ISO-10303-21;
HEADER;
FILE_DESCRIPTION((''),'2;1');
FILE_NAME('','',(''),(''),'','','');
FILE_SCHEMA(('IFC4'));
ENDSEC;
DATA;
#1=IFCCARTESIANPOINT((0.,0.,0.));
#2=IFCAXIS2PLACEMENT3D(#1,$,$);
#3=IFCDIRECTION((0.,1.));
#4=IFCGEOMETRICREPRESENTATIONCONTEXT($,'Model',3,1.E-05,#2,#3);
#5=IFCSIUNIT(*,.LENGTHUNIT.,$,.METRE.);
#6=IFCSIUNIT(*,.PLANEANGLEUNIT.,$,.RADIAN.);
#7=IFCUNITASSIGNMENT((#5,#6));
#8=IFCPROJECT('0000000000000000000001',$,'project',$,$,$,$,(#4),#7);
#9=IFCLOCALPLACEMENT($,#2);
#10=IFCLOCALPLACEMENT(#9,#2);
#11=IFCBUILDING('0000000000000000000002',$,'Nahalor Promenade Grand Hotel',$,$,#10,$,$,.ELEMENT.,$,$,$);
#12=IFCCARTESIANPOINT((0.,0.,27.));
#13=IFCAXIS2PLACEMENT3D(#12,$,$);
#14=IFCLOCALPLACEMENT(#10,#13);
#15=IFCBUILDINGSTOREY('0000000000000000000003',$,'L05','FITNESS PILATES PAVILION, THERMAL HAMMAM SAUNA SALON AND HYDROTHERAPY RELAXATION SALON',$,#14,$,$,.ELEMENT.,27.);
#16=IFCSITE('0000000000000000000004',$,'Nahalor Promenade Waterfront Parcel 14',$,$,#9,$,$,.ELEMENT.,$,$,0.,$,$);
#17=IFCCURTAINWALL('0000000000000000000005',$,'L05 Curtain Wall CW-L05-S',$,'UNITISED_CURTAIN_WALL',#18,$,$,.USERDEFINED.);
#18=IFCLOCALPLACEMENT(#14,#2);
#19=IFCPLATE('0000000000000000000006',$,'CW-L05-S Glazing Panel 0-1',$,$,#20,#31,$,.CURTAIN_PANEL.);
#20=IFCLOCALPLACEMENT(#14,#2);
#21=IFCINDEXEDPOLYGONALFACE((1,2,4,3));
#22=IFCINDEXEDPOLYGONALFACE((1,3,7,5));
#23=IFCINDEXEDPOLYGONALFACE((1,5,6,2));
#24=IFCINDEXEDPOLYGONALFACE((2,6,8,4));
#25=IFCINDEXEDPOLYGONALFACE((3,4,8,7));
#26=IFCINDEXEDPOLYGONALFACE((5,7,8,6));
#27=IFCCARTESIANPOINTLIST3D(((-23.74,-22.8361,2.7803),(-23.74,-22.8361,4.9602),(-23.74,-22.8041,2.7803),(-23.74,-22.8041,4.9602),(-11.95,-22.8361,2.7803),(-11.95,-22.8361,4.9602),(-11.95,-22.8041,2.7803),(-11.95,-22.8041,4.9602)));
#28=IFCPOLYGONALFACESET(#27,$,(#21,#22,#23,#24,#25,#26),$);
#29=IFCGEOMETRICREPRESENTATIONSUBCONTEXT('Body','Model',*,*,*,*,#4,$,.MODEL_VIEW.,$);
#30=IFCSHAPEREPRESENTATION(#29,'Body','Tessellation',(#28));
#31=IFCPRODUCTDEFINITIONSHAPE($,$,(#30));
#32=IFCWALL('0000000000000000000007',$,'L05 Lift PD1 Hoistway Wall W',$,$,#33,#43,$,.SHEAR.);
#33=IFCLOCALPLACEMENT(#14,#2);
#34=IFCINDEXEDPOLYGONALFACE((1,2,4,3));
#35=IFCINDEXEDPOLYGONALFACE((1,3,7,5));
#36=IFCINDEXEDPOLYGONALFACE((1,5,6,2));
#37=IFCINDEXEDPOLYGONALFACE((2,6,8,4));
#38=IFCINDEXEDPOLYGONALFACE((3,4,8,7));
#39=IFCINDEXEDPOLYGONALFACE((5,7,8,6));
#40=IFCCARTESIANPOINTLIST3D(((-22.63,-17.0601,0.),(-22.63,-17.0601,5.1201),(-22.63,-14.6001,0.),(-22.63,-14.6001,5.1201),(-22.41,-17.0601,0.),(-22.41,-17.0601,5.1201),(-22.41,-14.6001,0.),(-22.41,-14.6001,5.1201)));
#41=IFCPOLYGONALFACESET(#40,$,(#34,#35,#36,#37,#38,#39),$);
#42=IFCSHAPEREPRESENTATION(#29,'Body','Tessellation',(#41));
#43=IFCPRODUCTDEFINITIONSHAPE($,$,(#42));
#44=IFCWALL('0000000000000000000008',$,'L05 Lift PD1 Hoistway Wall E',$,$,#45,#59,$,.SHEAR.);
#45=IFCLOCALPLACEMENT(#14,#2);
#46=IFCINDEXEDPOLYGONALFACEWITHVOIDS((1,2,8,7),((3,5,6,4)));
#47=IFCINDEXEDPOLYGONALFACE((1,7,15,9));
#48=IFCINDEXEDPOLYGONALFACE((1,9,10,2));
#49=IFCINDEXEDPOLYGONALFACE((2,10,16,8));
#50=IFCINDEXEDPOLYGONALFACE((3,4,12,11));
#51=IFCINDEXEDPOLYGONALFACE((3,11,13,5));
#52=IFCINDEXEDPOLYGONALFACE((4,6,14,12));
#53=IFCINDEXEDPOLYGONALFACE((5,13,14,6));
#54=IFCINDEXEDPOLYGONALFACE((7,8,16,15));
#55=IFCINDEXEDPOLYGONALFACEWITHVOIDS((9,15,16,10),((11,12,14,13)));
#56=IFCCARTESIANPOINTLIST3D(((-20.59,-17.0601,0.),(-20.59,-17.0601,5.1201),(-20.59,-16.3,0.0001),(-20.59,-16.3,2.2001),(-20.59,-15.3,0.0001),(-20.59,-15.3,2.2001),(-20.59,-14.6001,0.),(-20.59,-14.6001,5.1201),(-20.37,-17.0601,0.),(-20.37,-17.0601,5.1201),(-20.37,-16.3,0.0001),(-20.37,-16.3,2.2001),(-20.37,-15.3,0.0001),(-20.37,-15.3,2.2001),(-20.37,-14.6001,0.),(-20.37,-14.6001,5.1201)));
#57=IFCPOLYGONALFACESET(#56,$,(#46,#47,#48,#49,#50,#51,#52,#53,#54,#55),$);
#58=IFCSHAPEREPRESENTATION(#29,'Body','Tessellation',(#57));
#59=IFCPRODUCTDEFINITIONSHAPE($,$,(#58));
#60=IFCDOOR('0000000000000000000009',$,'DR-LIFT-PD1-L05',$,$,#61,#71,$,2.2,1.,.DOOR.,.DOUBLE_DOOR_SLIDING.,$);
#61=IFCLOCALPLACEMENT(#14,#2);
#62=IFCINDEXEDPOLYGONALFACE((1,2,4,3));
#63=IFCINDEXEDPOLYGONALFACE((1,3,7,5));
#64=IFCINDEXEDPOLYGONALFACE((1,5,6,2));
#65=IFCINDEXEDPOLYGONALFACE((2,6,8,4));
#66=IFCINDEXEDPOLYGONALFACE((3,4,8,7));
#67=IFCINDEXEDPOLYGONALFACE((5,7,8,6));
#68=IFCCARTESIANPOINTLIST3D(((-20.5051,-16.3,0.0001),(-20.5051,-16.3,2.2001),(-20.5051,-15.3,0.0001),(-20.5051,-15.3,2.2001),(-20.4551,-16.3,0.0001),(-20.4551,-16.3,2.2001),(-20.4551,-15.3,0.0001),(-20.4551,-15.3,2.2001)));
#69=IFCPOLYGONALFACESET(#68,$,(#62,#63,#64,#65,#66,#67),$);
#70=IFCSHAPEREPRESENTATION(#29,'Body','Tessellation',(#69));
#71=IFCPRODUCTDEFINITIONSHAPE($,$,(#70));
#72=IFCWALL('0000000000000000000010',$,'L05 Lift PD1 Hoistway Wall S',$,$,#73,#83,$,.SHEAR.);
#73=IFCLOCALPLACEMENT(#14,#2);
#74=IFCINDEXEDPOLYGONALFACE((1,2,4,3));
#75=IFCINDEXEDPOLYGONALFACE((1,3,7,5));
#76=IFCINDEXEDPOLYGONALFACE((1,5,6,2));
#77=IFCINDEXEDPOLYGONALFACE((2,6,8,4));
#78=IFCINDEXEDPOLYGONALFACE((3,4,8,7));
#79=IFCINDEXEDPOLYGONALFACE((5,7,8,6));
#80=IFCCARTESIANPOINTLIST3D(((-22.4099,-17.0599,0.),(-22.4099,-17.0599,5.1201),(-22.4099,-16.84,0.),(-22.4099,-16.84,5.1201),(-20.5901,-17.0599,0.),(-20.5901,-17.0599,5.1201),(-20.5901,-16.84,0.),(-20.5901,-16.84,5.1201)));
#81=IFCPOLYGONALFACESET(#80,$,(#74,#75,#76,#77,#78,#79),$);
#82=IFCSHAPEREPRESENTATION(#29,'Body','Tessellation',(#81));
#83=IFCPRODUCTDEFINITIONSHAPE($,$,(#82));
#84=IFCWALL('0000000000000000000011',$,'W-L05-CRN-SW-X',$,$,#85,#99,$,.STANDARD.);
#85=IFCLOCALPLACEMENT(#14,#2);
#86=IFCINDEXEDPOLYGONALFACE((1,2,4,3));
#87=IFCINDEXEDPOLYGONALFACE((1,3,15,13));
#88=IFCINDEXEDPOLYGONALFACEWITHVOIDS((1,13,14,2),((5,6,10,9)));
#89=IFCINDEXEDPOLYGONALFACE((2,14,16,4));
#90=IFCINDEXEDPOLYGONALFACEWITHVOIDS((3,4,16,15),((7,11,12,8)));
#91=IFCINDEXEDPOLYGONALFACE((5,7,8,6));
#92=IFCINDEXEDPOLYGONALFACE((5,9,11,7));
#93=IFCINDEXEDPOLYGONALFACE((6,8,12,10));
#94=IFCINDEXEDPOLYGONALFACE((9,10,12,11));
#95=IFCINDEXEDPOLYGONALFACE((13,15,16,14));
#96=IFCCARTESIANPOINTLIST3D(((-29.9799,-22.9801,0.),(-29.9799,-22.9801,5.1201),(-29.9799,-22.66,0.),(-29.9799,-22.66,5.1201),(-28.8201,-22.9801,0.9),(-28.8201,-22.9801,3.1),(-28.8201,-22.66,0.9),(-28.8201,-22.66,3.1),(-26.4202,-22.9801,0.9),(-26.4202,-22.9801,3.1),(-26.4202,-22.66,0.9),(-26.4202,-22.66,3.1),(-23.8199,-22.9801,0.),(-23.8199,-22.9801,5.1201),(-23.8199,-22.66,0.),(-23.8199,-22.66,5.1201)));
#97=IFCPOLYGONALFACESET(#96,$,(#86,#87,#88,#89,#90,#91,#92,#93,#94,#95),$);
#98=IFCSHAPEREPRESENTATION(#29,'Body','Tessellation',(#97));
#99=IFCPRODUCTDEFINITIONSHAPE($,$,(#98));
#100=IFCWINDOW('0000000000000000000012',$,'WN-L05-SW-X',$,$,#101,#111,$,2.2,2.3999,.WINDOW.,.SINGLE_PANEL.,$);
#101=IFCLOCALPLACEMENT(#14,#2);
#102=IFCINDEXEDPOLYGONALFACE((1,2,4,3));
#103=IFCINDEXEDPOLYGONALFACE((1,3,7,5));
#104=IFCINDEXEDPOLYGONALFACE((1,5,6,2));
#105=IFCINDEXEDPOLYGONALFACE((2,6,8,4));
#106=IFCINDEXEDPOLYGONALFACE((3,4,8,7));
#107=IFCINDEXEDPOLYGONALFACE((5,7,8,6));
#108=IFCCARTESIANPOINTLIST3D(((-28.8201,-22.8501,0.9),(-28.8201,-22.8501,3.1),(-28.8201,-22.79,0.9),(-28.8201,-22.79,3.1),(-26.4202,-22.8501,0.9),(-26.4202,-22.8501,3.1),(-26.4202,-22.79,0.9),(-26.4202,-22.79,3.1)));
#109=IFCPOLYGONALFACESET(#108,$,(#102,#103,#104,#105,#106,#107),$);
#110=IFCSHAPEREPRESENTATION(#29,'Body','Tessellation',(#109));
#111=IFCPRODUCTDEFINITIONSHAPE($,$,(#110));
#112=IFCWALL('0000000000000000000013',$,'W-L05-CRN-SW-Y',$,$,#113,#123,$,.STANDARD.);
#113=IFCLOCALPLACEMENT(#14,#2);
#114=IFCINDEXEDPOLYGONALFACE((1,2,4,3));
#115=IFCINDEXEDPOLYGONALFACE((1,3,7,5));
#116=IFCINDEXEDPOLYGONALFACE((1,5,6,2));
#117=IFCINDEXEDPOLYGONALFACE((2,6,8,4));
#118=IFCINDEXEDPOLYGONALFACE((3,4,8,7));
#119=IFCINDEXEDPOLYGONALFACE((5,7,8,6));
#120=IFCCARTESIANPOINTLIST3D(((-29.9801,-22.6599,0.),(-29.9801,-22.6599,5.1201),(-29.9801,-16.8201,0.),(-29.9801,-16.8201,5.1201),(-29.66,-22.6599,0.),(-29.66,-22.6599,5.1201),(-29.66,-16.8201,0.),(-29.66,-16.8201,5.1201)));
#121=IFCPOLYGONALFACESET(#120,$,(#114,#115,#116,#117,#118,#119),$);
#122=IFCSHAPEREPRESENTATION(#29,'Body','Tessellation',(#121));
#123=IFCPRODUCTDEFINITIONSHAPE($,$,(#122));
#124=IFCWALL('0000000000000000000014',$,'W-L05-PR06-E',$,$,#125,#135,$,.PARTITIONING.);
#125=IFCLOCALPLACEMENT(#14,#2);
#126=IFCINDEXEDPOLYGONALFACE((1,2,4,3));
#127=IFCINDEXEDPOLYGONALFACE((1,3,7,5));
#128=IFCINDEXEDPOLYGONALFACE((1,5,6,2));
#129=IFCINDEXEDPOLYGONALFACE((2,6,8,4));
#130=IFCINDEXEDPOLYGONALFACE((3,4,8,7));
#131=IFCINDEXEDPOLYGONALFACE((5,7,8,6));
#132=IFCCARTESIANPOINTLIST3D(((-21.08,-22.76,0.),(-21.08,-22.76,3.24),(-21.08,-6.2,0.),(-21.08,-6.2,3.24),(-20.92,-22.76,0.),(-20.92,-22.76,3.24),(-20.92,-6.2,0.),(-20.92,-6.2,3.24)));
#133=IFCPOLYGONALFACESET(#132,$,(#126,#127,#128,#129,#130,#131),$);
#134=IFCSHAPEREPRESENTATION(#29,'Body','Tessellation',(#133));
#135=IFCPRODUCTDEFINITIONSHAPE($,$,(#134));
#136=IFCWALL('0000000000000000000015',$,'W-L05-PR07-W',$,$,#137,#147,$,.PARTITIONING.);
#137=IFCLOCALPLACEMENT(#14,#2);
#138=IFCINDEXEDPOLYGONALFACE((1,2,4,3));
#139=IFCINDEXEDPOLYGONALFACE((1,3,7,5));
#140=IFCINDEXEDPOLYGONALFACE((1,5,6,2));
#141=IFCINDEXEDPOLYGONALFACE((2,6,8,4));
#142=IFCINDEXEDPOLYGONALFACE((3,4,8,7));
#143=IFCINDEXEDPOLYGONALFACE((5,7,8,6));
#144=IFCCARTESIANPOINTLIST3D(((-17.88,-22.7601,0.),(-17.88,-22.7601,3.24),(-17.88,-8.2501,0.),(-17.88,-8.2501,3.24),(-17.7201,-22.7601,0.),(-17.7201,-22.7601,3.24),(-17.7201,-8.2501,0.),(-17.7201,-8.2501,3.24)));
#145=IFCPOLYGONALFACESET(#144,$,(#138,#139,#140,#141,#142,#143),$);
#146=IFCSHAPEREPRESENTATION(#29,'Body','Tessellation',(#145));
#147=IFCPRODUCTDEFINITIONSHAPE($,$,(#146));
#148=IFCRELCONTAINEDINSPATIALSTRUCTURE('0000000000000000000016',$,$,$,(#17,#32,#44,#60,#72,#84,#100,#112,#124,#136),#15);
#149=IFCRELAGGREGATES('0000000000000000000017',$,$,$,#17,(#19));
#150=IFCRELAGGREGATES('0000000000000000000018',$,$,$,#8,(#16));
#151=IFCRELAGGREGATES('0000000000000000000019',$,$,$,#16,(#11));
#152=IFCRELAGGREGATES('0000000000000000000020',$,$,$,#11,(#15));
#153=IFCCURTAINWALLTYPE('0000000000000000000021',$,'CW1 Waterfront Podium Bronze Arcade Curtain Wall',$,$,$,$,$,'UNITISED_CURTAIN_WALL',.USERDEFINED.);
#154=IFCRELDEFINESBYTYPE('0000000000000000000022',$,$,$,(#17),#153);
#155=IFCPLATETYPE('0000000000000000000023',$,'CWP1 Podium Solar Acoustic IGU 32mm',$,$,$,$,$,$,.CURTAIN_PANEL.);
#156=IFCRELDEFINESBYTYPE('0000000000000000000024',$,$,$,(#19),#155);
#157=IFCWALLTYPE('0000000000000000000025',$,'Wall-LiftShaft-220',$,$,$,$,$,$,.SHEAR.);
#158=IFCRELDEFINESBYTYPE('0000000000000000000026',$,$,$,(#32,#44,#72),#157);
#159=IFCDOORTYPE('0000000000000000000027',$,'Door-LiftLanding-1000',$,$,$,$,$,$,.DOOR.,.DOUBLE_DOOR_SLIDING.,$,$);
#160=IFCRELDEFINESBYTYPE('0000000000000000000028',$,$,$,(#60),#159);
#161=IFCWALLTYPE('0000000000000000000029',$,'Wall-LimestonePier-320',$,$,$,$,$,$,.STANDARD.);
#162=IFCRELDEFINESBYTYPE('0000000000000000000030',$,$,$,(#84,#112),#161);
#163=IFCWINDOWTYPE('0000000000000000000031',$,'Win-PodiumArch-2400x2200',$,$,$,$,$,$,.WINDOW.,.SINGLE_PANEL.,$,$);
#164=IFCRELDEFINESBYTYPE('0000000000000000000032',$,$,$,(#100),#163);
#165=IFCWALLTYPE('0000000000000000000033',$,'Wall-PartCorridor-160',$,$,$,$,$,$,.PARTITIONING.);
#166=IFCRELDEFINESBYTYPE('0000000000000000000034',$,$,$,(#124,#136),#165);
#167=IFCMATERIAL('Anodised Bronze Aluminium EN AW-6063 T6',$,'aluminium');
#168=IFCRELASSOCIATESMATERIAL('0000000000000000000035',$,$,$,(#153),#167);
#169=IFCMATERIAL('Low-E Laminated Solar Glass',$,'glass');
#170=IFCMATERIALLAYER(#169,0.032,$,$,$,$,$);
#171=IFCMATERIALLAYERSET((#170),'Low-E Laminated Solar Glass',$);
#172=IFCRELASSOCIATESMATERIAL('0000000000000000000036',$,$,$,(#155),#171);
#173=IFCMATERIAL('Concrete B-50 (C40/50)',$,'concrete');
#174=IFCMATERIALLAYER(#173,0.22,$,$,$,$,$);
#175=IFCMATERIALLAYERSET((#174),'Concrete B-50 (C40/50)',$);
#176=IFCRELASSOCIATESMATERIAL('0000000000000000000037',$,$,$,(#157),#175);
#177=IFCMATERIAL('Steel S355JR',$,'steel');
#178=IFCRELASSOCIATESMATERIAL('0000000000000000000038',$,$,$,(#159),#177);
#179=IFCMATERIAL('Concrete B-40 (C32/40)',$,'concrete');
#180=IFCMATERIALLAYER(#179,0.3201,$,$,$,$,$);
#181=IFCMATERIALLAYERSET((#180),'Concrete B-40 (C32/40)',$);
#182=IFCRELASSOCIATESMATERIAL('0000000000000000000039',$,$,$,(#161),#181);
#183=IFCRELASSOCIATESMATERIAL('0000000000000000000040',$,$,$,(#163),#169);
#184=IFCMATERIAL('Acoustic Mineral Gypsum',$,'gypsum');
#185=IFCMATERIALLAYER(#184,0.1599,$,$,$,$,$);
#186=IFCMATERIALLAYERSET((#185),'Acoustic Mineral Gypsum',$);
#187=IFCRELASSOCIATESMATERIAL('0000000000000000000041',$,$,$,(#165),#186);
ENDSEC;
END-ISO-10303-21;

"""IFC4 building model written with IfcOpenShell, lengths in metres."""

from ifc_helpers import new_model, si_unit, direction, frame, frame_2d, origin, origin_2d, place, context, subcontext, project, spatial, rectangle, extrude, source, transform, mapped, material, layer, layer_set, type_object, element, fill, aggregate, save


model = new_model("IFC4")

# Units and contexts
model_context = context("Model", 3, precision=1e-05, world=origin(), true_north=direction((0.0, 1.0)))
body_context = subcontext(model_context, "Body", "Model", "MODEL_VIEW")
ifc_project = project(units=[si_unit("LENGTHUNIT", "METRE"), si_unit("PLANEANGLEUNIT", "RADIAN")], contexts=[model_context])

# Site, building, storey
site_placement = place(None, origin())
site = spatial("IfcSite", under=ifc_project, at=site_placement, Name="Nahalor Promenade Waterfront Parcel 14", CompositionType="ELEMENT", RefElevation=0.0)
building_placement = place(site_placement, origin())
building = spatial("IfcBuilding", under=site, at=building_placement, Name="Nahalor Promenade Grand Hotel", CompositionType="ELEMENT")
storey_placement = place(building_placement, frame((0.0, 0.0, 27.0)))
storey = spatial("IfcBuildingStorey", under=building, at=storey_placement, Name="L05", Description="FITNESS PILATES PAVILION, THERMAL HAMMAM SAUNA SALON AND HYDROTHERAPY RELAXATION SALON", CompositionType="ELEMENT", Elevation=27.0)

# Shared definitions
ifc_material_1 = material(Name="Steel S355JR", Category="steel")

# Curtain wall, plate
ifc_material_2 = material(Name="Anodised Bronze Aluminium EN AW-6063 T6", Category="aluminium")
curtain_wall_type = type_object("IfcCurtainWallType", Name="CW1 Waterfront Podium Bronze Arcade Curtain Wall", ElementType="UNITISED_CURTAIN_WALL", PredefinedType="USERDEFINED", material=ifc_material_2)
curtain_wall_placement = place(storey_placement, origin())
curtain_wall = element("IfcCurtainWall", 1, at=curtain_wall_placement, inside=storey, type_object=curtain_wall_type, Name="L05 Curtain Wall CW-L05-S", ObjectType="UNITISED_CURTAIN_WALL", PredefinedType="USERDEFINED")
ifc_material_3 = material(Name="Low-E Laminated Solar Glass", Category="glass")
ifc_layer_1 = layer(ifc_material_3, 0.032)
ifc_layer_set_1 = layer_set([ifc_layer_1], Name="Low-E Laminated Solar Glass")
plate_type = type_object("IfcPlateType", Name="CWP1 Podium Solar Acoustic IGU 32mm", PredefinedType="CURTAIN_PANEL", material=ifc_layer_set_1)
shared_shape_1 = source(origin(), body_context, "Body", "SweptSolid", [
    extrude(rectangle(XDim=11.79, YDim=0.032, at=origin_2d()), origin(), (0.0, 0.0, 1.0), 2.1799),
])
plate_1_placement = place(storey_placement, frame((-17.845, -22.8201, 2.7803), z_axis=(0.0, 0.0, 1.0), x_axis=(1.0, 0.0, 0.0)))
plate_1 = element("IfcPlate", 2, at=plate_1_placement, type_object=plate_type, Name="CW-L05-S Glazing Panel 0-1", PredefinedType="CURTAIN_PANEL", context=body_context, shape_type="MappedRepresentation", body=[
    mapped(shared_shape_1, transform((0.0, 0.0, 0.0), scale=1.0)),
])
aggregate(curtain_wall, [plate_1])

# Wall
ifc_material_4 = material(Name="Concrete B-50 (C40/50)", Category="concrete")
ifc_layer_2 = layer(ifc_material_4, 0.22)
ifc_layer_set_2 = layer_set([ifc_layer_2], Name="Concrete B-50 (C40/50)")
wall_type_1 = type_object("IfcWallType", Name="Wall-LiftShaft-220", PredefinedType="SHEAR", material=ifc_layer_set_2)
shared_shape_2 = source(origin(), body_context, "Body", "SweptSolid", [
    extrude(rectangle(XDim=2.46, YDim=0.22, at=frame_2d((1.23, 0.0))), origin(), (0.0, 0.0, 1.0), 5.1201),
])
wall_1_placement = place(storey_placement, frame((-22.52, -17.0601, 0.0), z_axis=(0.0, 0.0, 1.0), x_axis=(0.0, 1.0, 0.0)))
element("IfcWall", 3, at=wall_1_placement, inside=storey, type_object=wall_type_1, Name="L05 Lift PD1 Hoistway Wall W", PredefinedType="SHEAR", context=body_context, shape_type="MappedRepresentation", body=[
    mapped(shared_shape_2, transform((0.0, 0.0, 0.0), scale=1.0)),
])

# Wall, opening, door
wall_2_placement = place(storey_placement, frame((-20.48, -17.0601, 0.0), z_axis=(0.0, 0.0, 1.0), x_axis=(0.0, 1.0, 0.0)))
wall_2 = element("IfcWall", 4, at=wall_2_placement, inside=storey, type_object=wall_type_1, Name="L05 Lift PD1 Hoistway Wall E", PredefinedType="SHEAR", context=body_context, shape_type="MappedRepresentation", body=[
    mapped(shared_shape_2, transform((0.0, 0.0, 0.0), scale=1.0)),
])
opening_1_placement = place(wall_2_placement, frame((0.76, 0.0, 0.0)))
opening_1 = element("IfcOpeningElement", 5, at=opening_1_placement, cuts=wall_2, PredefinedType="OPENING", context=body_context, shape_type="SweptSolid", body=[
    extrude(rectangle(XDim=1.0, YDim=2.2, at=frame_2d((0.5, 1.1001))), frame((0.0, 0.1199, 0.0), z_axis=(0.0, -1.0, 0.0), x_axis=(1.0, 0.0, 0.0)), (0.0, 0.0, 1.0), 0.24),
])
door_type = type_object("IfcDoorType", Name="Door-LiftLanding-1000", OperationType="DOUBLE_DOOR_SLIDING", PredefinedType="DOOR", material=ifc_material_1)
shared_shape_3 = source(origin(), body_context, "Body", "SweptSolid", [
    extrude(rectangle(XDim=1.0, YDim=2.2, at=frame_2d((0.5, 1.1001))), frame((0.0, 0.0249, 0.0), z_axis=(0.0, -1.0, 0.0), x_axis=(1.0, 0.0, 0.0)), (0.0, 0.0, 1.0), 0.05),
])
door_placement = place(opening_1_placement, frame((1.0, 0.0, 0.0), z_axis=(0.0, 0.0, 1.0), x_axis=(-1.0, 0.0, 0.0)))
door = element("IfcDoor", 6, at=door_placement, inside=storey, type_object=door_type, Name="DR-LIFT-PD1-L05", OperationType="DOUBLE_DOOR_SLIDING", OverallHeight=2.2, OverallWidth=1.0, PredefinedType="DOOR", context=body_context, shape_type="MappedRepresentation", body=[
    mapped(shared_shape_3, transform((0.0, 0.0, 0.0), scale=1.0)),
])
fill(opening_1, door)

# Wall
shared_shape_4 = source(origin(), body_context, "Body", "SweptSolid", [
    extrude(rectangle(XDim=1.8198, YDim=0.22, at=frame_2d((0.9099, 0.0))), origin(), (0.0, 0.0, 1.0), 5.1201),
])
wall_3_placement = place(storey_placement, frame((-22.4099, -16.95, 0.0), z_axis=(0.0, 0.0, 1.0), x_axis=(1.0, 0.0, 0.0)))
element("IfcWall", 7, at=wall_3_placement, inside=storey, type_object=wall_type_1, Name="L05 Lift PD1 Hoistway Wall S", PredefinedType="SHEAR", context=body_context, shape_type="MappedRepresentation", body=[
    mapped(shared_shape_4, transform((0.0, 0.0, 0.0), scale=1.0)),
])

# Wall, opening, window
ifc_material_5 = material(Name="Concrete B-40 (C32/40)", Category="concrete")
ifc_layer_3 = layer(ifc_material_5, 0.3201)
ifc_layer_set_3 = layer_set([ifc_layer_3], Name="Concrete B-40 (C32/40)")
wall_type_2 = type_object("IfcWallType", Name="Wall-LimestonePier-320", PredefinedType="STANDARD", material=ifc_layer_set_3)
shared_shape_5 = source(origin(), body_context, "Body", "SweptSolid", [
    extrude(rectangle(XDim=6.1599, YDim=0.3201, at=frame_2d((3.0801, 0.0))), origin(), (0.0, 0.0, 1.0), 5.1201),
])
wall_4_placement = place(storey_placement, frame((-29.98, -22.8201, 0.0), z_axis=(0.0, 0.0, 1.0), x_axis=(1.0, 0.0, 0.0)))
wall_4 = element("IfcWall", 8, at=wall_4_placement, inside=storey, type_object=wall_type_2, Name="W-L05-CRN-SW-X", PredefinedType="STANDARD", context=body_context, shape_type="MappedRepresentation", body=[
    mapped(shared_shape_5, transform((0.0, 0.0, 0.0), scale=1.0)),
])
opening_2_placement = place(wall_4_placement, frame((1.1599, 0.0, 0.8999)))
opening_2 = element("IfcOpeningElement", 9, at=opening_2_placement, cuts=wall_4, PredefinedType="OPENING", context=body_context, shape_type="SweptSolid", body=[
    extrude(rectangle(XDim=2.3999, YDim=2.2, at=frame_2d((1.2, 1.1001))), frame((0.0, 0.1699, 0.0), z_axis=(0.0, -1.0, 0.0), x_axis=(1.0, 0.0, 0.0)), (0.0, 0.0, 1.0), 0.3401),
])
window_type = type_object("IfcWindowType", Name="Win-PodiumArch-2400x2200", PartitioningType="SINGLE_PANEL", PredefinedType="WINDOW", material=ifc_material_3)
shared_shape_6 = source(origin(), body_context, "Body", "SweptSolid", [
    extrude(rectangle(XDim=2.3999, YDim=2.2, at=frame_2d((1.2, 1.1001))), frame((0.0, 0.03, 0.0), z_axis=(0.0, -1.0, 0.0), x_axis=(1.0, 0.0, 0.0)), (0.0, 0.0, 1.0), 0.0601),
])
window_placement = place(opening_2_placement, origin())
window = element("IfcWindow", 10, at=window_placement, inside=storey, type_object=window_type, Name="WN-L05-SW-X", OverallHeight=2.2, OverallWidth=2.3999, PartitioningType="SINGLE_PANEL", PredefinedType="WINDOW", context=body_context, shape_type="MappedRepresentation", body=[
    mapped(shared_shape_6, transform((0.0, 0.0, 0.0), scale=1.0)),
])
fill(opening_2, window)

# Walls
shared_shape_7 = source(origin(), body_context, "Body", "SweptSolid", [
    extrude(rectangle(XDim=5.8398, YDim=0.3201, at=frame_2d((2.9199, 0.0))), origin(), (0.0, 0.0, 1.0), 5.1201),
])
wall_5_placement = place(storey_placement, frame((-29.8201, -22.6599, 0.0), z_axis=(0.0, 0.0, 1.0), x_axis=(0.0, 1.0, 0.0)))
element("IfcWall", 11, at=wall_5_placement, inside=storey, type_object=wall_type_2, Name="W-L05-CRN-SW-Y", PredefinedType="STANDARD", context=body_context, shape_type="MappedRepresentation", body=[
    mapped(shared_shape_7, transform((0.0, 0.0, 0.0), scale=1.0)),
])
ifc_material_6 = material(Name="Acoustic Mineral Gypsum", Category="gypsum")
ifc_layer_4 = layer(ifc_material_6, 0.1599)
ifc_layer_set_4 = layer_set([ifc_layer_4], Name="Acoustic Mineral Gypsum")
wall_type_3 = type_object("IfcWallType", Name="Wall-PartCorridor-160", PredefinedType="PARTITIONING", material=ifc_layer_set_4)
shared_shape_8 = source(origin(), body_context, "Body", "SweptSolid", [
    extrude(rectangle(XDim=16.5601, YDim=0.1599, at=frame_2d((8.28, 0.0))), origin(), (0.0, 0.0, 1.0), 3.24),
])
wall_6_placement = place(storey_placement, frame((-21.0, -22.76, 0.0), z_axis=(0.0, 0.0, 1.0), x_axis=(0.0, 1.0, 0.0)))
element("IfcWall", 12, at=wall_6_placement, inside=storey, type_object=wall_type_3, Name="W-L05-PR06-E", PredefinedType="PARTITIONING", context=body_context, shape_type="MappedRepresentation", body=[
    mapped(shared_shape_8, transform((0.0, 0.0, 0.0), scale=1.0)),
])
shared_shape_9 = source(origin(), body_context, "Body", "SweptSolid", [
    extrude(rectangle(XDim=14.51, YDim=0.1599, at=frame_2d((7.2549, 0.0))), origin(), (0.0, 0.0, 1.0), 3.24),
])
wall_7_placement = place(storey_placement, frame((-17.8, -22.76, 0.0), z_axis=(0.0, 0.0, 1.0), x_axis=(0.0, 1.0, 0.0)))
element("IfcWall", 13, at=wall_7_placement, inside=storey, type_object=wall_type_3, Name="W-L05-PR07-W", PredefinedType="PARTITIONING", context=body_context, shape_type="MappedRepresentation", body=[
    mapped(shared_shape_9, transform((0.0, 0.0, 0.0), scale=1.0)),
])

save(model, "model.ifc")
